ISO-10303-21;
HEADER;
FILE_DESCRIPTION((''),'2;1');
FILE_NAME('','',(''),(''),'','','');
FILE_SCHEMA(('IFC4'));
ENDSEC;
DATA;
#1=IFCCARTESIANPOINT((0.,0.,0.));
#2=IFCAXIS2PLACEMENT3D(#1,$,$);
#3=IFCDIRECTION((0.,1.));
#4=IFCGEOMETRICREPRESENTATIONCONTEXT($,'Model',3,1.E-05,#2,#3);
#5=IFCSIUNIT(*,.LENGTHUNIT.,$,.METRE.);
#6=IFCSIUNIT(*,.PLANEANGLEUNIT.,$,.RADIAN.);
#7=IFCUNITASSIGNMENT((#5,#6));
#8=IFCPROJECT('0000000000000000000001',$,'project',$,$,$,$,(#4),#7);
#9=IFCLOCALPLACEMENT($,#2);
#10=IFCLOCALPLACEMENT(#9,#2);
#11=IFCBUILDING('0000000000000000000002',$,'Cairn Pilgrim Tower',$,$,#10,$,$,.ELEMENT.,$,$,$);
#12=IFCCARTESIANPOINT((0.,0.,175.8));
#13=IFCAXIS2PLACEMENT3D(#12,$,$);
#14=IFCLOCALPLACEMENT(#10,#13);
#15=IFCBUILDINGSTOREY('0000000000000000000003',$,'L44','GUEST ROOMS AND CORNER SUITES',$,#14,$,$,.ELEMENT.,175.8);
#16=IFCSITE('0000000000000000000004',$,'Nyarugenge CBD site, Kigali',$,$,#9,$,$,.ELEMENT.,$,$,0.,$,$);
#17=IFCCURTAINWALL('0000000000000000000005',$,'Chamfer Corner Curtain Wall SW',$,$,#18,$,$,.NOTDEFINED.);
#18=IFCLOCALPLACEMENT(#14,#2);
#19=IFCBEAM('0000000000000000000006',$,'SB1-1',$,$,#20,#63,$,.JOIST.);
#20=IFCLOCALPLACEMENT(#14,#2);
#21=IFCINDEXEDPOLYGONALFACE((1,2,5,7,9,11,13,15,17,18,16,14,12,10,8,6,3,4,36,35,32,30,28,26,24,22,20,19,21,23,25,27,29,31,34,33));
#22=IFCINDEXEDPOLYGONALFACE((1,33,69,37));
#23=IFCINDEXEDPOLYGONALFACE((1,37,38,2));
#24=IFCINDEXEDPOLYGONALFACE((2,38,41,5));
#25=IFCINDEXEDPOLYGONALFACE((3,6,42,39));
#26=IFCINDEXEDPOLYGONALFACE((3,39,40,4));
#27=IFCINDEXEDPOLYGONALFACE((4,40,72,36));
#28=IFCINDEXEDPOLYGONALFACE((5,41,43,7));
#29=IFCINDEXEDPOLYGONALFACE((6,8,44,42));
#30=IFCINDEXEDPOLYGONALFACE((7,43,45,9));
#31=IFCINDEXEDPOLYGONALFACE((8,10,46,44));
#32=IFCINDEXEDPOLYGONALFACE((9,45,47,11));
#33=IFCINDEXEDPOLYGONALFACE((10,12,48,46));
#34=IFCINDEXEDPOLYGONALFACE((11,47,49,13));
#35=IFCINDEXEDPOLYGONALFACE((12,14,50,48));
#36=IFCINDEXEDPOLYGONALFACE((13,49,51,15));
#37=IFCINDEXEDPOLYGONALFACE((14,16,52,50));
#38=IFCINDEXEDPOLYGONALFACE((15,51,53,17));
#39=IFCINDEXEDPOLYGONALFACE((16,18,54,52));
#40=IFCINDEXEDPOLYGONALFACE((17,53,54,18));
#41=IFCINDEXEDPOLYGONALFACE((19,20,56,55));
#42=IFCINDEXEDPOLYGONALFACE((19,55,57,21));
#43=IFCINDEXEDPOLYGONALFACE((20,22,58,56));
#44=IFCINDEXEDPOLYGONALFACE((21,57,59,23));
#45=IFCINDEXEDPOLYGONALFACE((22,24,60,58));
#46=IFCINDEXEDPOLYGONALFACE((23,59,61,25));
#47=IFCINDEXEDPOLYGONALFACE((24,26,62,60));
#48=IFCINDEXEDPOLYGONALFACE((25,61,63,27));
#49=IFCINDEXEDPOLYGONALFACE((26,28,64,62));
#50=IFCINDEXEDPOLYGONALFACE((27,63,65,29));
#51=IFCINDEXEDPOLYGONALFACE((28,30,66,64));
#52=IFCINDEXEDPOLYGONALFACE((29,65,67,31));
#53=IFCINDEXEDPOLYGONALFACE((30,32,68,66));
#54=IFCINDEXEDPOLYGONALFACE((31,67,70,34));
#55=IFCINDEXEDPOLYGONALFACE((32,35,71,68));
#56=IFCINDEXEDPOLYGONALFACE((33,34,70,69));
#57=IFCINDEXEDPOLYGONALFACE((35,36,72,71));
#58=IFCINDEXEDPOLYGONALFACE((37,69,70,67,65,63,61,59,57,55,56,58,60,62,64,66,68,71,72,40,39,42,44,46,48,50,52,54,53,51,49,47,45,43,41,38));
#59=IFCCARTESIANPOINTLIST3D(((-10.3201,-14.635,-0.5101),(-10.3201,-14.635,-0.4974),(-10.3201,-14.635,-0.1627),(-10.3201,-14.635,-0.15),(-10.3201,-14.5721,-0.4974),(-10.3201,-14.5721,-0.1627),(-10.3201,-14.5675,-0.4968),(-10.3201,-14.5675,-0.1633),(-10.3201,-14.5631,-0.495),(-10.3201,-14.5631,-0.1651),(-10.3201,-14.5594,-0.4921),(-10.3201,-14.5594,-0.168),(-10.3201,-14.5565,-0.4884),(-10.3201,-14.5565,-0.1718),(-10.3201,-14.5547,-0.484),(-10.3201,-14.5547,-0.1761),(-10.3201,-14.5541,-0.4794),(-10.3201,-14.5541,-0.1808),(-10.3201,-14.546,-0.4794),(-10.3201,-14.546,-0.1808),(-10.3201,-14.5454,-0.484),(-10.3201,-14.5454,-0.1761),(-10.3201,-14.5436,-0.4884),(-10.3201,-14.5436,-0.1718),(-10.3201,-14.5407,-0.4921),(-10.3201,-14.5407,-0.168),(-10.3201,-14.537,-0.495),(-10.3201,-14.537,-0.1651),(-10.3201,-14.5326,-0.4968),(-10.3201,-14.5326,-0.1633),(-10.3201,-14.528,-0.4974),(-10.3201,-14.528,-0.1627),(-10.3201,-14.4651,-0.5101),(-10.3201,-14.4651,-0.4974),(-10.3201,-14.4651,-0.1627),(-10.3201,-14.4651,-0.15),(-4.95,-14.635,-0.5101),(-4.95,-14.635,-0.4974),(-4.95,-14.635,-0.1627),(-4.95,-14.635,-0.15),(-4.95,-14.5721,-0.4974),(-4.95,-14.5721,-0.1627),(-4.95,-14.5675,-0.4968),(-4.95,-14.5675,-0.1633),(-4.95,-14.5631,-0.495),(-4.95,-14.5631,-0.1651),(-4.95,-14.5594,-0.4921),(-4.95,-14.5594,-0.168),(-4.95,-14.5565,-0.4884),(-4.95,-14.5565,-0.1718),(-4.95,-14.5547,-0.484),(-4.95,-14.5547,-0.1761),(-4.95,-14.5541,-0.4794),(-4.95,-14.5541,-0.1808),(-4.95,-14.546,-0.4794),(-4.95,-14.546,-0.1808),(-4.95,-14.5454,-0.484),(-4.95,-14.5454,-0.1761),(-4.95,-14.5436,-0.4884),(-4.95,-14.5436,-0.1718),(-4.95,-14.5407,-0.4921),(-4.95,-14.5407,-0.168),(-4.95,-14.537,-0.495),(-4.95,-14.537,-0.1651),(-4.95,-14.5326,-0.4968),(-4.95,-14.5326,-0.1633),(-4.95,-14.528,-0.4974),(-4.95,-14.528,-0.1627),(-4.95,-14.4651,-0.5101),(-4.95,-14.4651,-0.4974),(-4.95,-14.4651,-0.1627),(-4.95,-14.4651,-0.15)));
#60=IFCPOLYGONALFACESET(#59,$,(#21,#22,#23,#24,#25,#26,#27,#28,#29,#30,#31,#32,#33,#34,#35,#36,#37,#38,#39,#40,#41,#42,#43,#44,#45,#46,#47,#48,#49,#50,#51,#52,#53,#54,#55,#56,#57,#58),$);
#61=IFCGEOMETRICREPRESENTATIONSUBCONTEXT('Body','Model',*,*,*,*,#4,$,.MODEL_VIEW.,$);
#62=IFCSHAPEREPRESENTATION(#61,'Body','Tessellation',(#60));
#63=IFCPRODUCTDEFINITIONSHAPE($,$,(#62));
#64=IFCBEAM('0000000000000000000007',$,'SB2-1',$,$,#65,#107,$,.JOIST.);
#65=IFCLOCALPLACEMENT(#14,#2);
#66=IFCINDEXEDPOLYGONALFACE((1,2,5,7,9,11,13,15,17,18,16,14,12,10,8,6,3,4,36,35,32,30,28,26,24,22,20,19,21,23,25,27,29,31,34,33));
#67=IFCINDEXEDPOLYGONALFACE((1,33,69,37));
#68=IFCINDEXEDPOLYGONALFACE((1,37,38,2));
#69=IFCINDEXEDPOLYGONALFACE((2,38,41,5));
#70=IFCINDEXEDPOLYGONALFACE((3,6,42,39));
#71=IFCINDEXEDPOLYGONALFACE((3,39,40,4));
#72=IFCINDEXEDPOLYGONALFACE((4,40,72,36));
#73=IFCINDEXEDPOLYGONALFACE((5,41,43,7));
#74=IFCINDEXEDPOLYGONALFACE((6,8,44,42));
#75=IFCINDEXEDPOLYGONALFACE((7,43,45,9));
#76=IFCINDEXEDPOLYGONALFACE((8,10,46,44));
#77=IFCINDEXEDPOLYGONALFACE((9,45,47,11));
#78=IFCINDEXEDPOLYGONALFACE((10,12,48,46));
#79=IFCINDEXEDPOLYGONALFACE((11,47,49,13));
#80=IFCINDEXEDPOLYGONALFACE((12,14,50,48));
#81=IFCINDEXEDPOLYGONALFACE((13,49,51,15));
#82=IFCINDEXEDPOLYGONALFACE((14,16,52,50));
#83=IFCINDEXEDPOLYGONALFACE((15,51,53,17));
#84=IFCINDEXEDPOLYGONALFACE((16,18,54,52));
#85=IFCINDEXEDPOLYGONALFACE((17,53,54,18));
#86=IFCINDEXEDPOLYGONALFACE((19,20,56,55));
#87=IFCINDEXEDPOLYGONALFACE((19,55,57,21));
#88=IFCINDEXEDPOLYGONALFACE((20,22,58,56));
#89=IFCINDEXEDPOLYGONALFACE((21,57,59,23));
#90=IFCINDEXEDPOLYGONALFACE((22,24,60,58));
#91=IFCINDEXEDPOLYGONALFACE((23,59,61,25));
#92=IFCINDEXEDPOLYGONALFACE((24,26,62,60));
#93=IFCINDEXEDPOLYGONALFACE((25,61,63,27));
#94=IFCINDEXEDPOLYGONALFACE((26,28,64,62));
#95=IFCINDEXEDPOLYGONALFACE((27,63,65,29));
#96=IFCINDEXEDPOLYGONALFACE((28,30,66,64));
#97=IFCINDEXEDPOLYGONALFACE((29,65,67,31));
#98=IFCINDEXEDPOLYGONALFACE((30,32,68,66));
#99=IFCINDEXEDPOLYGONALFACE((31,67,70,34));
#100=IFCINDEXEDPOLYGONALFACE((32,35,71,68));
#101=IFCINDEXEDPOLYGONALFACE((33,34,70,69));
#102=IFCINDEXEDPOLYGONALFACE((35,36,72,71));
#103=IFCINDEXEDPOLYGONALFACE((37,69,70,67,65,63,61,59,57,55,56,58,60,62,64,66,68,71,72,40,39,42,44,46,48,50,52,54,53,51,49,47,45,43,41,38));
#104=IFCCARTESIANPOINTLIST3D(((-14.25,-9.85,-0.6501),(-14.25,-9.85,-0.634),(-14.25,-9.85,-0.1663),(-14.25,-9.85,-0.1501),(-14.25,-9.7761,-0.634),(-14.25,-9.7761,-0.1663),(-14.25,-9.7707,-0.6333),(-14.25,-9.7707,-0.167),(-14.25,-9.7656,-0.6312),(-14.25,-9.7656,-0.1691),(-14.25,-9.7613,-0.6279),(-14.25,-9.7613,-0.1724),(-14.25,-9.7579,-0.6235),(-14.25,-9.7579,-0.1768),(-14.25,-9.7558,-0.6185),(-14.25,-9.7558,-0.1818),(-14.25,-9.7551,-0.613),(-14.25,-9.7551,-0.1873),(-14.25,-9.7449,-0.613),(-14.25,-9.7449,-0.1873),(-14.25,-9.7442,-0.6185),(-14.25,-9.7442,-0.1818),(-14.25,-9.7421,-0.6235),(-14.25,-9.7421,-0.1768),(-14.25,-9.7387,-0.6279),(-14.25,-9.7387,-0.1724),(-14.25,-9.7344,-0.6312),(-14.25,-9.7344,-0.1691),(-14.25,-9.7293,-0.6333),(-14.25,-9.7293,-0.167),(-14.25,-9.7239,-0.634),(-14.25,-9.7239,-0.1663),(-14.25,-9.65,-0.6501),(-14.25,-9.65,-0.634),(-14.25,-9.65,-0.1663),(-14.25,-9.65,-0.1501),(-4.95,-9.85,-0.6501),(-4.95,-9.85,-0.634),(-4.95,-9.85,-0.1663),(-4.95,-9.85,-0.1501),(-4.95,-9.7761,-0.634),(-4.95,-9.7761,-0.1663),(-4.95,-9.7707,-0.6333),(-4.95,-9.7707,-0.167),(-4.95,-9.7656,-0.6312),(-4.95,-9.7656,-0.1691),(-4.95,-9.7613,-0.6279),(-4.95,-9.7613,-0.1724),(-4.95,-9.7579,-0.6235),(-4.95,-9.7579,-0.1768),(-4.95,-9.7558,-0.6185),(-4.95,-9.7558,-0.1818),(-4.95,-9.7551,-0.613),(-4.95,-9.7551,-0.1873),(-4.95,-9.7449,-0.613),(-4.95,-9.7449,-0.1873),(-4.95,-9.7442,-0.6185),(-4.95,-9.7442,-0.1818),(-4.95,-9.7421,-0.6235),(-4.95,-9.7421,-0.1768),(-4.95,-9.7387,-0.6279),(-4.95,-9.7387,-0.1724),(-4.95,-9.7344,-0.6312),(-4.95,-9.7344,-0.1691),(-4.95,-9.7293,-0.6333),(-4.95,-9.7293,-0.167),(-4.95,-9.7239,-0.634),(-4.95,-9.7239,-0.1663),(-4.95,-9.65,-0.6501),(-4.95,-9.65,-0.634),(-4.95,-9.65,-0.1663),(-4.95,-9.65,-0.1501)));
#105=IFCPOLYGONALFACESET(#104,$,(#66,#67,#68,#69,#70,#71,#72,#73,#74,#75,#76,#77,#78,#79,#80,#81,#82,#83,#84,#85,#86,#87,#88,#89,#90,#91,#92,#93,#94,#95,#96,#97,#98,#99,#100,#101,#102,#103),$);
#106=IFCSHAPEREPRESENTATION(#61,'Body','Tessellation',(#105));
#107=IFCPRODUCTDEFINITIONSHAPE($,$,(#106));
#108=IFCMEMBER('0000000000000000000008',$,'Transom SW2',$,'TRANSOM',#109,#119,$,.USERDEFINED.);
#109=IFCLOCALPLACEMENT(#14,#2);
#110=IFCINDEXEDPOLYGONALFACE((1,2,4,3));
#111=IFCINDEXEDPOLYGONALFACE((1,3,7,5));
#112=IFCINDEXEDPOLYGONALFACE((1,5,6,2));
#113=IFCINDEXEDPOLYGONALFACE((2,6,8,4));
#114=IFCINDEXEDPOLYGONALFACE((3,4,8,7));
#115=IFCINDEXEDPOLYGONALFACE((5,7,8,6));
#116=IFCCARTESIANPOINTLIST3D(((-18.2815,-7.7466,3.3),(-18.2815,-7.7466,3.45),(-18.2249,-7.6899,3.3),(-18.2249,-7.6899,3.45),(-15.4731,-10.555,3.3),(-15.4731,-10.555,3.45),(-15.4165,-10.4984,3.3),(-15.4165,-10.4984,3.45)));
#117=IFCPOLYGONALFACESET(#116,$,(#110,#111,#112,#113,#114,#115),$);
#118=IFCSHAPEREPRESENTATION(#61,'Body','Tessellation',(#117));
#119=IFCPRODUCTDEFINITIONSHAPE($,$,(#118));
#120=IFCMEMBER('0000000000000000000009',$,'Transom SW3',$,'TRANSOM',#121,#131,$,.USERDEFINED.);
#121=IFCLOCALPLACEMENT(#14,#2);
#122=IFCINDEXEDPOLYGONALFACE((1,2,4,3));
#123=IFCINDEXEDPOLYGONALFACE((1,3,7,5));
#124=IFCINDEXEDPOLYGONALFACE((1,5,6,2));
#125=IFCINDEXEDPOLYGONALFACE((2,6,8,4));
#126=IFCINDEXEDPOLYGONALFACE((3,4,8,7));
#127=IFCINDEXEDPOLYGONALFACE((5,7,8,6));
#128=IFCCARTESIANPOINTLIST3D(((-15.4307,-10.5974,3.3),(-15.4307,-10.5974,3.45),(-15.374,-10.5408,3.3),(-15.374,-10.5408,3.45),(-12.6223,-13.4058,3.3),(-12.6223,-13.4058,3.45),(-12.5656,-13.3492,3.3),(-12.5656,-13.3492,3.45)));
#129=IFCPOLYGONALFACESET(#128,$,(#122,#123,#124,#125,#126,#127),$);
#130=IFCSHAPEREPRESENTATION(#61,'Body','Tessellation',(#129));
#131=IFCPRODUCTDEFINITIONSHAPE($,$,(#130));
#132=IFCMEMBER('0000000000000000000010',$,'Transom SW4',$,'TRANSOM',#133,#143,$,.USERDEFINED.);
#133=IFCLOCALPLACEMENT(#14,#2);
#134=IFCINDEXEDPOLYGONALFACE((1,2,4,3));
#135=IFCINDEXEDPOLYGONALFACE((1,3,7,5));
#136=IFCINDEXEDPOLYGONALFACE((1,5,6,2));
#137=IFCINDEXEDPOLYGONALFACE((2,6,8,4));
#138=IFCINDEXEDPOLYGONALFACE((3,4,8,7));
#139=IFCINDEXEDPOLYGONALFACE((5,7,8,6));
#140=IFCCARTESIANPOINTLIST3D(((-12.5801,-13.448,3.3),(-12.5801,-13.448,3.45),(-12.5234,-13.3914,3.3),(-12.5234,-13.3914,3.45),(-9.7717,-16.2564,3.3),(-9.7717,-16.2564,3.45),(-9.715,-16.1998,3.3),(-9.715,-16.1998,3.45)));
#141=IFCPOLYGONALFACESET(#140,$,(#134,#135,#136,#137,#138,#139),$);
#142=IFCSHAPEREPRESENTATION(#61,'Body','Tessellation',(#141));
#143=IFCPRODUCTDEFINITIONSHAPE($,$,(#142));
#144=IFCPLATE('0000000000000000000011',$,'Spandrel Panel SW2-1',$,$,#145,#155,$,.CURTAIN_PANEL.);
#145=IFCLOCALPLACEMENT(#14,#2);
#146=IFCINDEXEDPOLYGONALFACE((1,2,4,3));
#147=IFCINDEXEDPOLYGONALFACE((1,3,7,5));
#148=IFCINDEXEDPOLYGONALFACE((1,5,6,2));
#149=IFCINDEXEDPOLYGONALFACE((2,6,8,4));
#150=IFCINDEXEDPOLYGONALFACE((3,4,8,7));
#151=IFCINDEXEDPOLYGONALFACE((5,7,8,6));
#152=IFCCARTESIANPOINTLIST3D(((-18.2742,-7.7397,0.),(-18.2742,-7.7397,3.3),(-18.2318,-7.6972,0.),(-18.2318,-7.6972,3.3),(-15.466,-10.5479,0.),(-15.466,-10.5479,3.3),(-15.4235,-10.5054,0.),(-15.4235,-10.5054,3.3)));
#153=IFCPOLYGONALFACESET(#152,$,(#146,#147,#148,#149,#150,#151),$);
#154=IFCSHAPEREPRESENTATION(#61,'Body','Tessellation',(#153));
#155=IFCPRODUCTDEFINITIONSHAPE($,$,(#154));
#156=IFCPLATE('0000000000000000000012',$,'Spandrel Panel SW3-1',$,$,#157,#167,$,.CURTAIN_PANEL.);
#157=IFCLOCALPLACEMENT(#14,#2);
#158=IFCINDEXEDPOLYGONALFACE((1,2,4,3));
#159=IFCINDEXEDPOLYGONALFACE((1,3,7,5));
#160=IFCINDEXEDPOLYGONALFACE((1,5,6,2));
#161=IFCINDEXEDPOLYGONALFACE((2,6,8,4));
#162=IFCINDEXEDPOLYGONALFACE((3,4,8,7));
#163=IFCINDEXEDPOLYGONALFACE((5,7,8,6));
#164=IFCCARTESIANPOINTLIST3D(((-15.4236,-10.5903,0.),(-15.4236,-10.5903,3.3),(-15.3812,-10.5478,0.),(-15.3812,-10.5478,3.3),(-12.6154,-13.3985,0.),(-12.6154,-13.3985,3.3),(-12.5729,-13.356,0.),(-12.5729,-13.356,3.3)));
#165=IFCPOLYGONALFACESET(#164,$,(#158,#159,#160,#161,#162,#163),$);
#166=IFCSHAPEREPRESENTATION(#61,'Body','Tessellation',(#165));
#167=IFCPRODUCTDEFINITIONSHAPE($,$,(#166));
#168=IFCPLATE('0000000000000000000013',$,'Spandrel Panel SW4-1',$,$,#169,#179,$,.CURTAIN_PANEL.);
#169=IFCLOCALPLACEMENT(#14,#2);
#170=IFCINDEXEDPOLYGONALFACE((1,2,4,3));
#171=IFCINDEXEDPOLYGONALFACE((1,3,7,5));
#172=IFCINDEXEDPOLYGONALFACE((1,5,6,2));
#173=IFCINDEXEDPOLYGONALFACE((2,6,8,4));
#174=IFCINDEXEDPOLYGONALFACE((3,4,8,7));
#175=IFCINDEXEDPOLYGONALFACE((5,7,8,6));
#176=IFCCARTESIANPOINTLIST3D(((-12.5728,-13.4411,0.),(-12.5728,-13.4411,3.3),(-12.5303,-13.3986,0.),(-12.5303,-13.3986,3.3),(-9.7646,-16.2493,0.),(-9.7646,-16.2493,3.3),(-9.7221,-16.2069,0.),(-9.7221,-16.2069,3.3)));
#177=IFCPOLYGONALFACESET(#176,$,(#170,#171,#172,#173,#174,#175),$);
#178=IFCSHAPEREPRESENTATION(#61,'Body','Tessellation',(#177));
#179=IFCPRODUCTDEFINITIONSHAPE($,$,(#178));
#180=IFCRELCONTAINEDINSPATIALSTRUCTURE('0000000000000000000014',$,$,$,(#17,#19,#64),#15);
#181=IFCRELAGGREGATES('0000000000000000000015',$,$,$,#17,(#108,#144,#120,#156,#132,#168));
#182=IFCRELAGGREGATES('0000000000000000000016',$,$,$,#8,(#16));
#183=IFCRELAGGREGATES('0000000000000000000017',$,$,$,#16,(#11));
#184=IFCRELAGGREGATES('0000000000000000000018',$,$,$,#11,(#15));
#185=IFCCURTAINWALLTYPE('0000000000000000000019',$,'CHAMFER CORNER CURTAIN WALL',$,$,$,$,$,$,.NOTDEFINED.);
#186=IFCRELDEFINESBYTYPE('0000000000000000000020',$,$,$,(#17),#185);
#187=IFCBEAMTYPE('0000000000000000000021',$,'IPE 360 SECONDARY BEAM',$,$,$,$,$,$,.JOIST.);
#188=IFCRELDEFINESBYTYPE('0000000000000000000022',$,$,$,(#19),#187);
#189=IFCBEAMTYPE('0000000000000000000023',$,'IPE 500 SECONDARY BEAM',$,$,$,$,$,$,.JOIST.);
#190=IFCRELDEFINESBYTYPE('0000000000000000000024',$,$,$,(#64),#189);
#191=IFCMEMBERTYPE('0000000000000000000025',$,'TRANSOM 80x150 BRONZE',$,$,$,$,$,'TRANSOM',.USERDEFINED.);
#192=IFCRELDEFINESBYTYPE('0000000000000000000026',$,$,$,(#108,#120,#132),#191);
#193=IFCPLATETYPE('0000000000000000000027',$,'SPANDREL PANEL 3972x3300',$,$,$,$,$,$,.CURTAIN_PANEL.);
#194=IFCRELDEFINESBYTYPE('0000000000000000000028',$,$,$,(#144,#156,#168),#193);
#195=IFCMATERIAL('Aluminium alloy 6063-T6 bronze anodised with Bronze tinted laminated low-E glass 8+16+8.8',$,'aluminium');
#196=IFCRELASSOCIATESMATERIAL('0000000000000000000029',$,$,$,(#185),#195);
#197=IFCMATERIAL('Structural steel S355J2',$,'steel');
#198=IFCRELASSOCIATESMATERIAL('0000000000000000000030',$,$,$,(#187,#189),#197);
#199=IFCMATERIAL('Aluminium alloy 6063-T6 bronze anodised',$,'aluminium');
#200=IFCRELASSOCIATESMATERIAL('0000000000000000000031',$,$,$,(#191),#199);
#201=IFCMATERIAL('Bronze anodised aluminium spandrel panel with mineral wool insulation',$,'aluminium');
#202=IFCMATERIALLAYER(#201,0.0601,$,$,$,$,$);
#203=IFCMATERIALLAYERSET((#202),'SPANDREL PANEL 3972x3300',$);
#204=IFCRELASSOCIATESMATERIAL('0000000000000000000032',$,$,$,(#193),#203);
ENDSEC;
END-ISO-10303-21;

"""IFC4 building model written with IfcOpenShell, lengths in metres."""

from ifc_helpers import new_model, si_unit, direction, frame, origin, origin_2d, place, context, subcontext, project, spatial, rectangle, i_section, extrude, material, layer, layer_set, material_profile, profile_set, type_object, element, aggregate, save


model = new_model("IFC4")

# Units and contexts
model_context = context("Model", 3, precision=1e-05, world=origin(), true_north=direction((0.0, 1.0)))
body_context = subcontext(model_context, "Body", "Model", "MODEL_VIEW")
ifc_project = project(units=[si_unit("LENGTHUNIT", "METRE"), si_unit("PLANEANGLEUNIT", "RADIAN")], contexts=[model_context])

# Site, building, storey
site_placement = place(None, origin())
site = spatial("IfcSite", under=ifc_project, at=site_placement, Name="Nyarugenge CBD site, Kigali", CompositionType="ELEMENT", RefElevation=0.0)
building_placement = place(site_placement, origin())
building = spatial("IfcBuilding", under=site, at=building_placement, Name="Cairn Pilgrim Tower", CompositionType="ELEMENT")
storey_placement = place(building_placement, frame((0.0, 0.0, 175.8)))
storey = spatial("IfcBuildingStorey", under=building, at=storey_placement, Name="L44", Description="GUEST ROOMS AND CORNER SUITES", CompositionType="ELEMENT", Elevation=175.8)

# Shared definitions
ifc_material_1 = material(Name="Structural steel S355J2", Category="steel")

# Curtain wall
ifc_material_2 = material(Name="Aluminium alloy 6063-T6 bronze anodised with Bronze tinted laminated low-E glass 8+16+8.8", Category="aluminium")
curtain_wall_type = type_object("IfcCurtainWallType", Name="CHAMFER CORNER CURTAIN WALL", PredefinedType="NOTDEFINED", material=ifc_material_2)
curtain_wall_placement = place(storey_placement, origin())
curtain_wall = element("IfcCurtainWall", 1, at=curtain_wall_placement, inside=storey, type_object=curtain_wall_type, Name="Chamfer Corner Curtain Wall SW", PredefinedType="NOTDEFINED")
ifc_material_3 = material(Name="Aluminium alloy 6063-T6 bronze anodised", Category="aluminium")

# Beams
ifc_material_profile_1 = material_profile(ifc_material_1, i_section(OverallWidth=0.1699, OverallDepth=0.3601, WebThickness=0.0081, FlangeThickness=0.0127, FilletRadius=0.0181, at=origin_2d()), Name="IPE 360")
ifc_profile_set_1 = profile_set([ifc_material_profile_1], Name="Structural steel S355J2")
beam_type_1 = type_object("IfcBeamType", Name="IPE 360 SECONDARY BEAM", PredefinedType="JOIST", material=ifc_profile_set_1)
beam_1_placement = place(storey_placement, frame((-10.3201, -14.55, -0.3301), z_axis=(1.0, 0.0, 0.0), x_axis=(0.0, 1.0, 0.0)))
element("IfcBeam", 2, at=beam_1_placement, inside=storey, type_object=beam_type_1, Name="SB1-1", PredefinedType="JOIST", context=body_context, shape_type="SweptSolid", body=[
    extrude(i_section(OverallWidth=0.1699, OverallDepth=0.3601, WebThickness=0.0081, FlangeThickness=0.0127, FilletRadius=0.0181, at=origin_2d()), origin(), (0.0, 0.0, 1.0), 5.3701),
])
ifc_material_profile_2 = material_profile(ifc_material_1, i_section(OverallWidth=0.2, OverallDepth=0.5, WebThickness=0.0103, FlangeThickness=0.0161, FilletRadius=0.021, at=origin_2d()), Name="IPE 500")
ifc_profile_set_2 = profile_set([ifc_material_profile_2], Name="Structural steel S355J2")
beam_type_2 = type_object("IfcBeamType", Name="IPE 500 SECONDARY BEAM", PredefinedType="JOIST", material=ifc_profile_set_2)
beam_2_placement = place(storey_placement, frame((-14.25, -9.75, -0.4001), z_axis=(1.0, 0.0, 0.0), x_axis=(0.0, 1.0, 0.0)))
element("IfcBeam", 3, at=beam_2_placement, inside=storey, type_object=beam_type_2, Name="SB2-1", PredefinedType="JOIST", context=body_context, shape_type="SweptSolid", body=[
    extrude(i_section(OverallWidth=0.2, OverallDepth=0.5, WebThickness=0.0103, FlangeThickness=0.0161, FilletRadius=0.021, at=origin_2d()), origin(), (0.0, 0.0, 1.0), 9.3),
])

# Members
ifc_material_profile_3 = material_profile(ifc_material_3, rectangle(XDim=0.0801, YDim=0.1499, at=origin_2d()), Name="TRANSOM 80x150 BRONZE")
ifc_profile_set_3 = profile_set([ifc_material_profile_3], Name="Aluminium alloy 6063-T6 bronze anodised")
member_type_1 = type_object("IfcMemberType", Name="TRANSOM 80x150 BRONZE", ElementType="TRANSOM", PredefinedType="USERDEFINED", material=ifc_profile_set_3)
member_1_placement = place(storey_placement, frame((-18.2532, -7.7183, 3.375), z_axis=(0.707107, -0.707107, 0.0), x_axis=(0.707107, 0.707107, 0.0)))
member_1 = element("IfcMember", 4, at=member_1_placement, type_object=member_type_1, Name="Transom SW2", ObjectType="TRANSOM", PredefinedType="USERDEFINED", context=body_context, shape_type="SweptSolid", body=[
    extrude(rectangle(XDim=0.0801, YDim=0.1499, at=origin_2d()), origin(), (0.0, 0.0, 1.0), 3.9717),
])
member_2_placement = place(storey_placement, frame((-15.4023, -10.5691, 3.375), z_axis=(0.707107, -0.707107, 0.0), x_axis=(0.707107, 0.707107, 0.0)))
member_2 = element("IfcMember", 5, at=member_2_placement, type_object=member_type_1, Name="Transom SW3", ObjectType="TRANSOM", PredefinedType="USERDEFINED", context=body_context, shape_type="SweptSolid", body=[
    extrude(rectangle(XDim=0.0801, YDim=0.1499, at=origin_2d()), origin(), (0.0, 0.0, 1.0), 3.9717),
])
member_3_placement = place(storey_placement, frame((-12.5518, -13.4197, 3.375), z_axis=(0.707107, -0.707107, 0.0), x_axis=(0.707107, 0.707107, 0.0)))
member_3 = element("IfcMember", 6, at=member_3_placement, type_object=member_type_1, Name="Transom SW4", ObjectType="TRANSOM", PredefinedType="USERDEFINED", context=body_context, shape_type="SweptSolid", body=[
    extrude(rectangle(XDim=0.0801, YDim=0.1499, at=origin_2d()), origin(), (0.0, 0.0, 1.0), 3.9717),
])

# Plates
ifc_material_4 = material(Name="Bronze anodised aluminium spandrel panel with mineral wool insulation", Category="aluminium")
ifc_layer_1 = layer(ifc_material_4, 0.0601)
ifc_layer_set_1 = layer_set([ifc_layer_1], Name="SPANDREL PANEL 3972x3300")
plate_type = type_object("IfcPlateType", Name="SPANDREL PANEL 3972x3300", PredefinedType="CURTAIN_PANEL", material=ifc_layer_set_1)
plate_1_placement = place(storey_placement, frame((-16.8489, -9.1226, 0.0), z_axis=(0.0, 0.0, 1.0), x_axis=(0.707107, -0.707107, 0.0)))
plate_1 = element("IfcPlate", 7, at=plate_1_placement, type_object=plate_type, Name="Spandrel Panel SW2-1", PredefinedType="CURTAIN_PANEL", context=body_context, shape_type="SweptSolid", body=[
    extrude(rectangle(XDim=3.9714, YDim=0.0601, at=origin_2d()), origin(), (0.0, 0.0, 1.0), 3.3),
])
plate_2_placement = place(storey_placement, frame((-13.9983, -11.9731, 0.0), z_axis=(0.0, 0.0, 1.0), x_axis=(0.707107, -0.707107, 0.0)))
plate_2 = element("IfcPlate", 8, at=plate_2_placement, type_object=plate_type, Name="Spandrel Panel SW3-1", PredefinedType="CURTAIN_PANEL", context=body_context, shape_type="SweptSolid", body=[
    extrude(rectangle(XDim=3.9714, YDim=0.0601, at=origin_2d()), origin(), (0.0, 0.0, 1.0), 3.3),
])
plate_3_placement = place(storey_placement, frame((-11.1475, -14.824, 0.0), z_axis=(0.0, 0.0, 1.0), x_axis=(0.707107, -0.707107, 0.0)))
plate_3 = element("IfcPlate", 9, at=plate_3_placement, type_object=plate_type, Name="Spandrel Panel SW4-1", PredefinedType="CURTAIN_PANEL", context=body_context, shape_type="SweptSolid", body=[
    extrude(rectangle(XDim=3.9714, YDim=0.0601, at=origin_2d()), origin(), (0.0, 0.0, 1.0), 3.3),
])
aggregate(curtain_wall, [member_1, plate_1, member_2, plate_2, member_3, plate_3])

save(model, "model.ifc")
